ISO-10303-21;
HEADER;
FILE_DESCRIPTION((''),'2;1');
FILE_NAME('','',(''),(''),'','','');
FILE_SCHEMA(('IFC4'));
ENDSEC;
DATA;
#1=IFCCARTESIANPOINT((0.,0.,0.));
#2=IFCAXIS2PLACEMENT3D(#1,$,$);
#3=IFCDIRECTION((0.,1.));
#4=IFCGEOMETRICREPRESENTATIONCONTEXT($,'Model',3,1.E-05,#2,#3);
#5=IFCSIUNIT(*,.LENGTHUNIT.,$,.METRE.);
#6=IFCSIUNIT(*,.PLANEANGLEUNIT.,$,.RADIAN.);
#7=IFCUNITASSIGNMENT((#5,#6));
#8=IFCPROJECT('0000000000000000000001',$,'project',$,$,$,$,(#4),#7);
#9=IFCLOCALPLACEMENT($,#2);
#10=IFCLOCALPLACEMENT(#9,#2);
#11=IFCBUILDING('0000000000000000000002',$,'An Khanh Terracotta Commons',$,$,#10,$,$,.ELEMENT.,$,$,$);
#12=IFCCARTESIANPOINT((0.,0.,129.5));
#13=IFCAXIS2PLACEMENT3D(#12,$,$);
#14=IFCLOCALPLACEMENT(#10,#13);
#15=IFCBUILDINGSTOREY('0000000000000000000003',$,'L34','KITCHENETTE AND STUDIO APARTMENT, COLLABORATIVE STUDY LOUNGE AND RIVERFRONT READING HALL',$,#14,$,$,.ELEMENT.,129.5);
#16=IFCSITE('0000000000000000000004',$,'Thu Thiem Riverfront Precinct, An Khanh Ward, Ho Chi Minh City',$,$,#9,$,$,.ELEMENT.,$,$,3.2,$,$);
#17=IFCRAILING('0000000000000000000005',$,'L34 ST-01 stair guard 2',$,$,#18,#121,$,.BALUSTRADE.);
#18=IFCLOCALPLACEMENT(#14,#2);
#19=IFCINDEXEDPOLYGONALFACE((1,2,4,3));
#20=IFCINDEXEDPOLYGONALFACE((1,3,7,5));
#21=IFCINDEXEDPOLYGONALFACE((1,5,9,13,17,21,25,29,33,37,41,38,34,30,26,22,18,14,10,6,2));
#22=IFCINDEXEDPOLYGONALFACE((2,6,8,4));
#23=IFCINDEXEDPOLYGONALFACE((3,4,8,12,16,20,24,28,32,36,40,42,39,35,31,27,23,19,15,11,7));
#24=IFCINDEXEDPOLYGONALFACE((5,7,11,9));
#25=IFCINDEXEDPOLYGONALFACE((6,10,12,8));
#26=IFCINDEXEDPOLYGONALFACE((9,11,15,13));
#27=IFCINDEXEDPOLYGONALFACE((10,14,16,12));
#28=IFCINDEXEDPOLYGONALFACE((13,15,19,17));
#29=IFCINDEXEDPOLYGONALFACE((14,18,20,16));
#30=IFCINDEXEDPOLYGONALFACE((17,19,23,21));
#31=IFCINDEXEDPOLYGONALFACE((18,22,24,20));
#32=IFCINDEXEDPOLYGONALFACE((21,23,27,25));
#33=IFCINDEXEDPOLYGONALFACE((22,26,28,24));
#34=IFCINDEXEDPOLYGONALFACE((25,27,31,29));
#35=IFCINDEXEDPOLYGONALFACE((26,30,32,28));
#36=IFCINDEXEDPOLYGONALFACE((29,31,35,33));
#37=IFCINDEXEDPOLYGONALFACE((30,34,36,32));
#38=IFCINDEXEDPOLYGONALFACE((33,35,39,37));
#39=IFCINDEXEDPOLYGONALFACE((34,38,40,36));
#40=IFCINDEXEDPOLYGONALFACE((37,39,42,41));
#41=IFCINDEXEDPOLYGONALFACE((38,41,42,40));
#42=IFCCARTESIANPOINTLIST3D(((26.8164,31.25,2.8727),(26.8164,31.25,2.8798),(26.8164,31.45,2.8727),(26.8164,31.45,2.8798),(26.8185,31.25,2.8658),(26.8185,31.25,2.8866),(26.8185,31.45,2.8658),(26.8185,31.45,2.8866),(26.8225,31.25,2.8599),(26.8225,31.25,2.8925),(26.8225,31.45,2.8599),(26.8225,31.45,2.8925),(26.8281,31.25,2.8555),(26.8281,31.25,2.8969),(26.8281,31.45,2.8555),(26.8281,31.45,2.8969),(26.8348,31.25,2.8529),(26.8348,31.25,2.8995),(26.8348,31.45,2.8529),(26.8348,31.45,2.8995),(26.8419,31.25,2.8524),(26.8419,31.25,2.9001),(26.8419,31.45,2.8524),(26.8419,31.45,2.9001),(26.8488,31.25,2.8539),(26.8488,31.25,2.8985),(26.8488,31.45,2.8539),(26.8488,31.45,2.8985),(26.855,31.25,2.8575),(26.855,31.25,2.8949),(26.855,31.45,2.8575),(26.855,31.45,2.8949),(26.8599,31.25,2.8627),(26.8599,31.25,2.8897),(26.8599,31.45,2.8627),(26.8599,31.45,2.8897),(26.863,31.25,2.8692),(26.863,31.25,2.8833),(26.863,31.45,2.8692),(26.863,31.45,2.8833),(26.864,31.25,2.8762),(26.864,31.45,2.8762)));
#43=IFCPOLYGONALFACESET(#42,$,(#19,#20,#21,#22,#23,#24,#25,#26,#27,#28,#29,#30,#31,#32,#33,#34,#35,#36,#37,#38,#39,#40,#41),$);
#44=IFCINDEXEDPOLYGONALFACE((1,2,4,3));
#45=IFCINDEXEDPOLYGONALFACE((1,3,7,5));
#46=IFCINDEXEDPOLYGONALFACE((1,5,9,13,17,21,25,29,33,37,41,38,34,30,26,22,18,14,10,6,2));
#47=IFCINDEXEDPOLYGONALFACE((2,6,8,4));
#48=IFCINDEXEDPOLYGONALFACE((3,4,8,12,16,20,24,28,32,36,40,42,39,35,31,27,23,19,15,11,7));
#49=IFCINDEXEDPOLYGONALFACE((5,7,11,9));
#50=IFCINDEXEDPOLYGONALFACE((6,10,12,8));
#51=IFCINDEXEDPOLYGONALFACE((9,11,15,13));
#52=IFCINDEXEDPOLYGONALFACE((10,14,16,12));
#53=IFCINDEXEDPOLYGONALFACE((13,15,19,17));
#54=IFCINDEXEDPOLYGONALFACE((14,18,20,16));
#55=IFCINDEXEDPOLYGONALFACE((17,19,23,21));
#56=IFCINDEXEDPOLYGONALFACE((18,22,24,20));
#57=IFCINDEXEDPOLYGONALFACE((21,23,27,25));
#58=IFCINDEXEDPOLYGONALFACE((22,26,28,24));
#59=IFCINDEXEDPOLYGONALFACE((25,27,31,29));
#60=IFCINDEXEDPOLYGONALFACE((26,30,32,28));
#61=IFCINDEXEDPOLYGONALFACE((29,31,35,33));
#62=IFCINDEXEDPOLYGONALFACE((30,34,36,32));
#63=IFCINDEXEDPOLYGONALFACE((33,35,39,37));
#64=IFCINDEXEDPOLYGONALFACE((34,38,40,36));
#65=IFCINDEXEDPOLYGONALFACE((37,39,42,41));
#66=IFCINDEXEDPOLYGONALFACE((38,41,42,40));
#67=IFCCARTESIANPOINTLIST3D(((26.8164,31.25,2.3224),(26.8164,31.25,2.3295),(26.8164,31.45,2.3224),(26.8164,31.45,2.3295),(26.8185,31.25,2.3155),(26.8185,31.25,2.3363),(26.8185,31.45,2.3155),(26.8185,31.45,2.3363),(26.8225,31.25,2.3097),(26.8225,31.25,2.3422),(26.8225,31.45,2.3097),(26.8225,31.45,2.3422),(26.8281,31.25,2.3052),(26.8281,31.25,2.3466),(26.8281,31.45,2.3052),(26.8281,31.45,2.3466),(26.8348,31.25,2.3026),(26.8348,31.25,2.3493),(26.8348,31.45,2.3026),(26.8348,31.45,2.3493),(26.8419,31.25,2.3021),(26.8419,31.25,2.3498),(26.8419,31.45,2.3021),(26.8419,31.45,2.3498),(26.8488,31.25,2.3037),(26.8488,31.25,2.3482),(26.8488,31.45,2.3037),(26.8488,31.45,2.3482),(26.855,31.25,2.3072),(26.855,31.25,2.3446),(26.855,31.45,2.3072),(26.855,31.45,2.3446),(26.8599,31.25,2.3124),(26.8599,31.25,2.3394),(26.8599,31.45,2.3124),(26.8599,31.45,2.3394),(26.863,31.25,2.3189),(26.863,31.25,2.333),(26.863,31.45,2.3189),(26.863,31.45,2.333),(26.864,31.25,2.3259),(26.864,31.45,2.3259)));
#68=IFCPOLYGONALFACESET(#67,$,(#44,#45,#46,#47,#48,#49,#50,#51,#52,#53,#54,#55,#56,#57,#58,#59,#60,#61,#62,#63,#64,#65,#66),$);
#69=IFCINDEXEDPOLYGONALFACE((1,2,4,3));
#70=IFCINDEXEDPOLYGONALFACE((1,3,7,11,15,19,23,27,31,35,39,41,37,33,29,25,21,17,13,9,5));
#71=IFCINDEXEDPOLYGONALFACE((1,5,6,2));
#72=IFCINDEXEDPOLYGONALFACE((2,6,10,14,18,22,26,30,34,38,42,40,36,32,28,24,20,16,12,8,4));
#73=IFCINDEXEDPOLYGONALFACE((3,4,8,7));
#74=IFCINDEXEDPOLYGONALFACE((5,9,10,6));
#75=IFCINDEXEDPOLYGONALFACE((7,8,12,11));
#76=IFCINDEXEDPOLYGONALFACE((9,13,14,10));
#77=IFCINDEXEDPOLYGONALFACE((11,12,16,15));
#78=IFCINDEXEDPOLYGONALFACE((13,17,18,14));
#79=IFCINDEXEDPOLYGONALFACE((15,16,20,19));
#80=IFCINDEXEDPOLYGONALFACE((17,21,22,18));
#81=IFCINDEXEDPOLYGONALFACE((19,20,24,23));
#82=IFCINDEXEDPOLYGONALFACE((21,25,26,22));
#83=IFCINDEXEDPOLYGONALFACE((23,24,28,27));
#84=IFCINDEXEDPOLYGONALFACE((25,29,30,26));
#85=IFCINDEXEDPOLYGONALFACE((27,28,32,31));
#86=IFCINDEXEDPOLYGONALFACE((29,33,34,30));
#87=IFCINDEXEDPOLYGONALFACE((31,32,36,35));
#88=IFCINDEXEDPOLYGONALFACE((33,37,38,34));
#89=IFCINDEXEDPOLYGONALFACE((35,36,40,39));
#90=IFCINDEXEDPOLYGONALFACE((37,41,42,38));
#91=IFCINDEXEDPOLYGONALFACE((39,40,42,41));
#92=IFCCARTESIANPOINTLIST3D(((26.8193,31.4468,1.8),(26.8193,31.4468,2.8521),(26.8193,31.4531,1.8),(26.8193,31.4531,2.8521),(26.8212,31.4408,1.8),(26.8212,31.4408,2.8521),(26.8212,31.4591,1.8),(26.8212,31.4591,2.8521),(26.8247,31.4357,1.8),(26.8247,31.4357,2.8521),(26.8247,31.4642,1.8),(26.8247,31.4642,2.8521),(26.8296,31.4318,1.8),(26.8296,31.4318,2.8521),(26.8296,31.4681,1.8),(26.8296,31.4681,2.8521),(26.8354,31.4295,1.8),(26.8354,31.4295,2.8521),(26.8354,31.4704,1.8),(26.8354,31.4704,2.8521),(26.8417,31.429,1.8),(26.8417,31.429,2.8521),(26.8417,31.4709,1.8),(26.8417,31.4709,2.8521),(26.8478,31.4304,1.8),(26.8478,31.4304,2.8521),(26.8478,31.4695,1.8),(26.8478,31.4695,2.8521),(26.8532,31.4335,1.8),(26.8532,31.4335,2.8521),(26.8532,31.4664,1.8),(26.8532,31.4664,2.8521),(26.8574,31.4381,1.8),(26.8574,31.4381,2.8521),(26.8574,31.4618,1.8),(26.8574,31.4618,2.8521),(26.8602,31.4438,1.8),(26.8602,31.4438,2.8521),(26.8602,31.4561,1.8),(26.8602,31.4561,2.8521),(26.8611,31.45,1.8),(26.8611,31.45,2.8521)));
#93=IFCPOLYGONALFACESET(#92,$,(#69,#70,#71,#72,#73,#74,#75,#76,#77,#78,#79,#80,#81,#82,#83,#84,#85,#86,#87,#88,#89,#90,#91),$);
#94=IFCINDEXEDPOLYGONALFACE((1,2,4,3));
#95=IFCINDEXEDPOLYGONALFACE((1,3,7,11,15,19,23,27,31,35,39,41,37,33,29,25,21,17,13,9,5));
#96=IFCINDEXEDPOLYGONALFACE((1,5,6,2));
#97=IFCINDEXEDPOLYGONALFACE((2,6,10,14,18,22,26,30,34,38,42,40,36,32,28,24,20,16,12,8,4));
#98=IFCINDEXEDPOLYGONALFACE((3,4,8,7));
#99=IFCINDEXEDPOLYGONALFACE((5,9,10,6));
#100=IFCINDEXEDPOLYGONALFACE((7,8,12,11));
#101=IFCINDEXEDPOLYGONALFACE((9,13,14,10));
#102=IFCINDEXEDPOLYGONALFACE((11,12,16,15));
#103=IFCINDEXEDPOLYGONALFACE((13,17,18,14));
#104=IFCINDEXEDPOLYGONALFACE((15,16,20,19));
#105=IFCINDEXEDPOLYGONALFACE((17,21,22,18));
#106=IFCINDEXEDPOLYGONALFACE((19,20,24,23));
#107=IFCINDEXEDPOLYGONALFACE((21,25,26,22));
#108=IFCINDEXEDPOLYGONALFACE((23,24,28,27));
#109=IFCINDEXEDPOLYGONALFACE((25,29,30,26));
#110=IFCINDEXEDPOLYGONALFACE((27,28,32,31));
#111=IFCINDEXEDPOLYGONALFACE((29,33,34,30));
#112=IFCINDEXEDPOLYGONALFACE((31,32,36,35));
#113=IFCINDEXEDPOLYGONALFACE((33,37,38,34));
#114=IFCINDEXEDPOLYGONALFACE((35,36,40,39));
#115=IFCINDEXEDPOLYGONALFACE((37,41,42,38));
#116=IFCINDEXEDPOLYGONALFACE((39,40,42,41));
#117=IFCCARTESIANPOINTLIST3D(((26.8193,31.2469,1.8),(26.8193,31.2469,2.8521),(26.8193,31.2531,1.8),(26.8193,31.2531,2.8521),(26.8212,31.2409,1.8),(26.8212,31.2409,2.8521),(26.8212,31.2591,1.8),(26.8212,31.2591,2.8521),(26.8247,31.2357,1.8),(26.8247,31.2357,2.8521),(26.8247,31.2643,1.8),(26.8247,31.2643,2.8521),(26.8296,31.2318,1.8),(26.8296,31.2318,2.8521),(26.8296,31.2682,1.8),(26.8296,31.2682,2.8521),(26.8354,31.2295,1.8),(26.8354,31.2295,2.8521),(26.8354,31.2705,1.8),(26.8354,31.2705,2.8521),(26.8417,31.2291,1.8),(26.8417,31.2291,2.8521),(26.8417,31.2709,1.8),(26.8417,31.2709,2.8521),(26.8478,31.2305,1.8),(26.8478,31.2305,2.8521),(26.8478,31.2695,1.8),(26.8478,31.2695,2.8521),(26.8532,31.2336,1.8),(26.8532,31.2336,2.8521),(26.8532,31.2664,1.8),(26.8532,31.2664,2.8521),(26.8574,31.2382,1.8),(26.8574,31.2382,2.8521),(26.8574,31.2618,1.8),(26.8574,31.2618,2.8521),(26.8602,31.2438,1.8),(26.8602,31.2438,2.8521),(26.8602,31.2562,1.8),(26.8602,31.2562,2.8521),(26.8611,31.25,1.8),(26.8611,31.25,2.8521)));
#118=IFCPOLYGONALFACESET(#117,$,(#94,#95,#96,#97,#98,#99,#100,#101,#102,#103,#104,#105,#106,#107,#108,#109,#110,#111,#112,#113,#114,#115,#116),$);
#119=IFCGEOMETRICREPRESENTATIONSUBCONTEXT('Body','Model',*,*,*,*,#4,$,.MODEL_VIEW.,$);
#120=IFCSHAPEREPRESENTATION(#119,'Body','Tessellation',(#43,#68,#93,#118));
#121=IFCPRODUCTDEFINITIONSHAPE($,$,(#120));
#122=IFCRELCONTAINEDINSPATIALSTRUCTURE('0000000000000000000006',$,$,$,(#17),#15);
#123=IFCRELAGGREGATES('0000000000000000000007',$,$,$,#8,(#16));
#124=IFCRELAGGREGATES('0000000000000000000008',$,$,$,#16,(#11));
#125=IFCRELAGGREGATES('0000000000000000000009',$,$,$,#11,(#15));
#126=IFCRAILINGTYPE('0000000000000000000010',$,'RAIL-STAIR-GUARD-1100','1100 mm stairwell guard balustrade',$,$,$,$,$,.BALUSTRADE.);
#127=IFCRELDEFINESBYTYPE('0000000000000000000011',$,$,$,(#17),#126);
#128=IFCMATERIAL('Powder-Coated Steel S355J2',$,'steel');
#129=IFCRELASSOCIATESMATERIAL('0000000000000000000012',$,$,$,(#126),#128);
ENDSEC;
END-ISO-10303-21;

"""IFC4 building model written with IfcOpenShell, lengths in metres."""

from ifc_helpers import new_model, si_unit, direction, frame, origin, origin_2d, place, context, subcontext, project, spatial, circle, extrude, material, type_object, element, save


model = new_model("IFC4")

# Units and contexts
model_context = context("Model", 3, precision=1e-05, world=origin(), true_north=direction((0.0, 1.0)))
body_context = subcontext(model_context, "Body", "Model", "MODEL_VIEW")
ifc_project = project(units=[si_unit("LENGTHUNIT", "METRE"), si_unit("PLANEANGLEUNIT", "RADIAN")], contexts=[model_context])

# Site, building, storey
site_placement = place(None, origin())
site = spatial("IfcSite", under=ifc_project, at=site_placement, Name="Thu Thiem Riverfront Precinct, An Khanh Ward, Ho Chi Minh City", CompositionType="ELEMENT", RefElevation=3.2)
building_placement = place(site_placement, origin())
building = spatial("IfcBuilding", under=site, at=building_placement, Name="An Khanh Terracotta Commons", CompositionType="ELEMENT")
storey_placement = place(building_placement, frame((0.0, 0.0, 129.5)))
storey = spatial("IfcBuildingStorey", under=building, at=storey_placement, Name="L34", Description="KITCHENETTE AND STUDIO APARTMENT, COLLABORATIVE STUDY LOUNGE AND RIVERFRONT READING HALL", CompositionType="ELEMENT", Elevation=129.5)

# Railing
ifc_material_1 = material(Name="Powder-Coated Steel S355J2", Category="steel")
railing_type_1 = type_object("IfcRailingType", Name="RAIL-STAIR-GUARD-1100", Description="1100 mm stairwell guard balustrade", PredefinedType="BALUSTRADE", material=ifc_material_1)
railing_1_placement = place(storey_placement, frame((26.8401, 31.45, 1.8)))
element("IfcRailing", 1, at=railing_1_placement, inside=storey, type_object=railing_type_1, Name="L34 ST-01 stair guard 2", PredefinedType="BALUSTRADE", context=body_context, shape_type="SweptSolid", body=[
    extrude(circle(Radius=0.0239, at=origin_2d()), frame((0.0, 0.0, 1.0762), z_axis=(0.0, -1.0, 0.0), x_axis=(1.0, 0.0, 0.0)), (0.0, 0.0, 1.0), 0.2),
    extrude(circle(Radius=0.0239, at=origin_2d()), frame((0.0, 0.0, 0.5259), z_axis=(0.0, -1.0, 0.0), x_axis=(1.0, 0.0, 0.0)), (0.0, 0.0, 1.0), 0.2),
    extrude(circle(Radius=0.021, at=origin_2d()), origin(), (0.0, 0.0, 1.0), 1.052),
    extrude(circle(Radius=0.021, at=origin_2d()), frame((0.0, -0.2, 0.0)), (0.0, 0.0, 1.0), 1.052),
])

save(model, "model.ifc")
